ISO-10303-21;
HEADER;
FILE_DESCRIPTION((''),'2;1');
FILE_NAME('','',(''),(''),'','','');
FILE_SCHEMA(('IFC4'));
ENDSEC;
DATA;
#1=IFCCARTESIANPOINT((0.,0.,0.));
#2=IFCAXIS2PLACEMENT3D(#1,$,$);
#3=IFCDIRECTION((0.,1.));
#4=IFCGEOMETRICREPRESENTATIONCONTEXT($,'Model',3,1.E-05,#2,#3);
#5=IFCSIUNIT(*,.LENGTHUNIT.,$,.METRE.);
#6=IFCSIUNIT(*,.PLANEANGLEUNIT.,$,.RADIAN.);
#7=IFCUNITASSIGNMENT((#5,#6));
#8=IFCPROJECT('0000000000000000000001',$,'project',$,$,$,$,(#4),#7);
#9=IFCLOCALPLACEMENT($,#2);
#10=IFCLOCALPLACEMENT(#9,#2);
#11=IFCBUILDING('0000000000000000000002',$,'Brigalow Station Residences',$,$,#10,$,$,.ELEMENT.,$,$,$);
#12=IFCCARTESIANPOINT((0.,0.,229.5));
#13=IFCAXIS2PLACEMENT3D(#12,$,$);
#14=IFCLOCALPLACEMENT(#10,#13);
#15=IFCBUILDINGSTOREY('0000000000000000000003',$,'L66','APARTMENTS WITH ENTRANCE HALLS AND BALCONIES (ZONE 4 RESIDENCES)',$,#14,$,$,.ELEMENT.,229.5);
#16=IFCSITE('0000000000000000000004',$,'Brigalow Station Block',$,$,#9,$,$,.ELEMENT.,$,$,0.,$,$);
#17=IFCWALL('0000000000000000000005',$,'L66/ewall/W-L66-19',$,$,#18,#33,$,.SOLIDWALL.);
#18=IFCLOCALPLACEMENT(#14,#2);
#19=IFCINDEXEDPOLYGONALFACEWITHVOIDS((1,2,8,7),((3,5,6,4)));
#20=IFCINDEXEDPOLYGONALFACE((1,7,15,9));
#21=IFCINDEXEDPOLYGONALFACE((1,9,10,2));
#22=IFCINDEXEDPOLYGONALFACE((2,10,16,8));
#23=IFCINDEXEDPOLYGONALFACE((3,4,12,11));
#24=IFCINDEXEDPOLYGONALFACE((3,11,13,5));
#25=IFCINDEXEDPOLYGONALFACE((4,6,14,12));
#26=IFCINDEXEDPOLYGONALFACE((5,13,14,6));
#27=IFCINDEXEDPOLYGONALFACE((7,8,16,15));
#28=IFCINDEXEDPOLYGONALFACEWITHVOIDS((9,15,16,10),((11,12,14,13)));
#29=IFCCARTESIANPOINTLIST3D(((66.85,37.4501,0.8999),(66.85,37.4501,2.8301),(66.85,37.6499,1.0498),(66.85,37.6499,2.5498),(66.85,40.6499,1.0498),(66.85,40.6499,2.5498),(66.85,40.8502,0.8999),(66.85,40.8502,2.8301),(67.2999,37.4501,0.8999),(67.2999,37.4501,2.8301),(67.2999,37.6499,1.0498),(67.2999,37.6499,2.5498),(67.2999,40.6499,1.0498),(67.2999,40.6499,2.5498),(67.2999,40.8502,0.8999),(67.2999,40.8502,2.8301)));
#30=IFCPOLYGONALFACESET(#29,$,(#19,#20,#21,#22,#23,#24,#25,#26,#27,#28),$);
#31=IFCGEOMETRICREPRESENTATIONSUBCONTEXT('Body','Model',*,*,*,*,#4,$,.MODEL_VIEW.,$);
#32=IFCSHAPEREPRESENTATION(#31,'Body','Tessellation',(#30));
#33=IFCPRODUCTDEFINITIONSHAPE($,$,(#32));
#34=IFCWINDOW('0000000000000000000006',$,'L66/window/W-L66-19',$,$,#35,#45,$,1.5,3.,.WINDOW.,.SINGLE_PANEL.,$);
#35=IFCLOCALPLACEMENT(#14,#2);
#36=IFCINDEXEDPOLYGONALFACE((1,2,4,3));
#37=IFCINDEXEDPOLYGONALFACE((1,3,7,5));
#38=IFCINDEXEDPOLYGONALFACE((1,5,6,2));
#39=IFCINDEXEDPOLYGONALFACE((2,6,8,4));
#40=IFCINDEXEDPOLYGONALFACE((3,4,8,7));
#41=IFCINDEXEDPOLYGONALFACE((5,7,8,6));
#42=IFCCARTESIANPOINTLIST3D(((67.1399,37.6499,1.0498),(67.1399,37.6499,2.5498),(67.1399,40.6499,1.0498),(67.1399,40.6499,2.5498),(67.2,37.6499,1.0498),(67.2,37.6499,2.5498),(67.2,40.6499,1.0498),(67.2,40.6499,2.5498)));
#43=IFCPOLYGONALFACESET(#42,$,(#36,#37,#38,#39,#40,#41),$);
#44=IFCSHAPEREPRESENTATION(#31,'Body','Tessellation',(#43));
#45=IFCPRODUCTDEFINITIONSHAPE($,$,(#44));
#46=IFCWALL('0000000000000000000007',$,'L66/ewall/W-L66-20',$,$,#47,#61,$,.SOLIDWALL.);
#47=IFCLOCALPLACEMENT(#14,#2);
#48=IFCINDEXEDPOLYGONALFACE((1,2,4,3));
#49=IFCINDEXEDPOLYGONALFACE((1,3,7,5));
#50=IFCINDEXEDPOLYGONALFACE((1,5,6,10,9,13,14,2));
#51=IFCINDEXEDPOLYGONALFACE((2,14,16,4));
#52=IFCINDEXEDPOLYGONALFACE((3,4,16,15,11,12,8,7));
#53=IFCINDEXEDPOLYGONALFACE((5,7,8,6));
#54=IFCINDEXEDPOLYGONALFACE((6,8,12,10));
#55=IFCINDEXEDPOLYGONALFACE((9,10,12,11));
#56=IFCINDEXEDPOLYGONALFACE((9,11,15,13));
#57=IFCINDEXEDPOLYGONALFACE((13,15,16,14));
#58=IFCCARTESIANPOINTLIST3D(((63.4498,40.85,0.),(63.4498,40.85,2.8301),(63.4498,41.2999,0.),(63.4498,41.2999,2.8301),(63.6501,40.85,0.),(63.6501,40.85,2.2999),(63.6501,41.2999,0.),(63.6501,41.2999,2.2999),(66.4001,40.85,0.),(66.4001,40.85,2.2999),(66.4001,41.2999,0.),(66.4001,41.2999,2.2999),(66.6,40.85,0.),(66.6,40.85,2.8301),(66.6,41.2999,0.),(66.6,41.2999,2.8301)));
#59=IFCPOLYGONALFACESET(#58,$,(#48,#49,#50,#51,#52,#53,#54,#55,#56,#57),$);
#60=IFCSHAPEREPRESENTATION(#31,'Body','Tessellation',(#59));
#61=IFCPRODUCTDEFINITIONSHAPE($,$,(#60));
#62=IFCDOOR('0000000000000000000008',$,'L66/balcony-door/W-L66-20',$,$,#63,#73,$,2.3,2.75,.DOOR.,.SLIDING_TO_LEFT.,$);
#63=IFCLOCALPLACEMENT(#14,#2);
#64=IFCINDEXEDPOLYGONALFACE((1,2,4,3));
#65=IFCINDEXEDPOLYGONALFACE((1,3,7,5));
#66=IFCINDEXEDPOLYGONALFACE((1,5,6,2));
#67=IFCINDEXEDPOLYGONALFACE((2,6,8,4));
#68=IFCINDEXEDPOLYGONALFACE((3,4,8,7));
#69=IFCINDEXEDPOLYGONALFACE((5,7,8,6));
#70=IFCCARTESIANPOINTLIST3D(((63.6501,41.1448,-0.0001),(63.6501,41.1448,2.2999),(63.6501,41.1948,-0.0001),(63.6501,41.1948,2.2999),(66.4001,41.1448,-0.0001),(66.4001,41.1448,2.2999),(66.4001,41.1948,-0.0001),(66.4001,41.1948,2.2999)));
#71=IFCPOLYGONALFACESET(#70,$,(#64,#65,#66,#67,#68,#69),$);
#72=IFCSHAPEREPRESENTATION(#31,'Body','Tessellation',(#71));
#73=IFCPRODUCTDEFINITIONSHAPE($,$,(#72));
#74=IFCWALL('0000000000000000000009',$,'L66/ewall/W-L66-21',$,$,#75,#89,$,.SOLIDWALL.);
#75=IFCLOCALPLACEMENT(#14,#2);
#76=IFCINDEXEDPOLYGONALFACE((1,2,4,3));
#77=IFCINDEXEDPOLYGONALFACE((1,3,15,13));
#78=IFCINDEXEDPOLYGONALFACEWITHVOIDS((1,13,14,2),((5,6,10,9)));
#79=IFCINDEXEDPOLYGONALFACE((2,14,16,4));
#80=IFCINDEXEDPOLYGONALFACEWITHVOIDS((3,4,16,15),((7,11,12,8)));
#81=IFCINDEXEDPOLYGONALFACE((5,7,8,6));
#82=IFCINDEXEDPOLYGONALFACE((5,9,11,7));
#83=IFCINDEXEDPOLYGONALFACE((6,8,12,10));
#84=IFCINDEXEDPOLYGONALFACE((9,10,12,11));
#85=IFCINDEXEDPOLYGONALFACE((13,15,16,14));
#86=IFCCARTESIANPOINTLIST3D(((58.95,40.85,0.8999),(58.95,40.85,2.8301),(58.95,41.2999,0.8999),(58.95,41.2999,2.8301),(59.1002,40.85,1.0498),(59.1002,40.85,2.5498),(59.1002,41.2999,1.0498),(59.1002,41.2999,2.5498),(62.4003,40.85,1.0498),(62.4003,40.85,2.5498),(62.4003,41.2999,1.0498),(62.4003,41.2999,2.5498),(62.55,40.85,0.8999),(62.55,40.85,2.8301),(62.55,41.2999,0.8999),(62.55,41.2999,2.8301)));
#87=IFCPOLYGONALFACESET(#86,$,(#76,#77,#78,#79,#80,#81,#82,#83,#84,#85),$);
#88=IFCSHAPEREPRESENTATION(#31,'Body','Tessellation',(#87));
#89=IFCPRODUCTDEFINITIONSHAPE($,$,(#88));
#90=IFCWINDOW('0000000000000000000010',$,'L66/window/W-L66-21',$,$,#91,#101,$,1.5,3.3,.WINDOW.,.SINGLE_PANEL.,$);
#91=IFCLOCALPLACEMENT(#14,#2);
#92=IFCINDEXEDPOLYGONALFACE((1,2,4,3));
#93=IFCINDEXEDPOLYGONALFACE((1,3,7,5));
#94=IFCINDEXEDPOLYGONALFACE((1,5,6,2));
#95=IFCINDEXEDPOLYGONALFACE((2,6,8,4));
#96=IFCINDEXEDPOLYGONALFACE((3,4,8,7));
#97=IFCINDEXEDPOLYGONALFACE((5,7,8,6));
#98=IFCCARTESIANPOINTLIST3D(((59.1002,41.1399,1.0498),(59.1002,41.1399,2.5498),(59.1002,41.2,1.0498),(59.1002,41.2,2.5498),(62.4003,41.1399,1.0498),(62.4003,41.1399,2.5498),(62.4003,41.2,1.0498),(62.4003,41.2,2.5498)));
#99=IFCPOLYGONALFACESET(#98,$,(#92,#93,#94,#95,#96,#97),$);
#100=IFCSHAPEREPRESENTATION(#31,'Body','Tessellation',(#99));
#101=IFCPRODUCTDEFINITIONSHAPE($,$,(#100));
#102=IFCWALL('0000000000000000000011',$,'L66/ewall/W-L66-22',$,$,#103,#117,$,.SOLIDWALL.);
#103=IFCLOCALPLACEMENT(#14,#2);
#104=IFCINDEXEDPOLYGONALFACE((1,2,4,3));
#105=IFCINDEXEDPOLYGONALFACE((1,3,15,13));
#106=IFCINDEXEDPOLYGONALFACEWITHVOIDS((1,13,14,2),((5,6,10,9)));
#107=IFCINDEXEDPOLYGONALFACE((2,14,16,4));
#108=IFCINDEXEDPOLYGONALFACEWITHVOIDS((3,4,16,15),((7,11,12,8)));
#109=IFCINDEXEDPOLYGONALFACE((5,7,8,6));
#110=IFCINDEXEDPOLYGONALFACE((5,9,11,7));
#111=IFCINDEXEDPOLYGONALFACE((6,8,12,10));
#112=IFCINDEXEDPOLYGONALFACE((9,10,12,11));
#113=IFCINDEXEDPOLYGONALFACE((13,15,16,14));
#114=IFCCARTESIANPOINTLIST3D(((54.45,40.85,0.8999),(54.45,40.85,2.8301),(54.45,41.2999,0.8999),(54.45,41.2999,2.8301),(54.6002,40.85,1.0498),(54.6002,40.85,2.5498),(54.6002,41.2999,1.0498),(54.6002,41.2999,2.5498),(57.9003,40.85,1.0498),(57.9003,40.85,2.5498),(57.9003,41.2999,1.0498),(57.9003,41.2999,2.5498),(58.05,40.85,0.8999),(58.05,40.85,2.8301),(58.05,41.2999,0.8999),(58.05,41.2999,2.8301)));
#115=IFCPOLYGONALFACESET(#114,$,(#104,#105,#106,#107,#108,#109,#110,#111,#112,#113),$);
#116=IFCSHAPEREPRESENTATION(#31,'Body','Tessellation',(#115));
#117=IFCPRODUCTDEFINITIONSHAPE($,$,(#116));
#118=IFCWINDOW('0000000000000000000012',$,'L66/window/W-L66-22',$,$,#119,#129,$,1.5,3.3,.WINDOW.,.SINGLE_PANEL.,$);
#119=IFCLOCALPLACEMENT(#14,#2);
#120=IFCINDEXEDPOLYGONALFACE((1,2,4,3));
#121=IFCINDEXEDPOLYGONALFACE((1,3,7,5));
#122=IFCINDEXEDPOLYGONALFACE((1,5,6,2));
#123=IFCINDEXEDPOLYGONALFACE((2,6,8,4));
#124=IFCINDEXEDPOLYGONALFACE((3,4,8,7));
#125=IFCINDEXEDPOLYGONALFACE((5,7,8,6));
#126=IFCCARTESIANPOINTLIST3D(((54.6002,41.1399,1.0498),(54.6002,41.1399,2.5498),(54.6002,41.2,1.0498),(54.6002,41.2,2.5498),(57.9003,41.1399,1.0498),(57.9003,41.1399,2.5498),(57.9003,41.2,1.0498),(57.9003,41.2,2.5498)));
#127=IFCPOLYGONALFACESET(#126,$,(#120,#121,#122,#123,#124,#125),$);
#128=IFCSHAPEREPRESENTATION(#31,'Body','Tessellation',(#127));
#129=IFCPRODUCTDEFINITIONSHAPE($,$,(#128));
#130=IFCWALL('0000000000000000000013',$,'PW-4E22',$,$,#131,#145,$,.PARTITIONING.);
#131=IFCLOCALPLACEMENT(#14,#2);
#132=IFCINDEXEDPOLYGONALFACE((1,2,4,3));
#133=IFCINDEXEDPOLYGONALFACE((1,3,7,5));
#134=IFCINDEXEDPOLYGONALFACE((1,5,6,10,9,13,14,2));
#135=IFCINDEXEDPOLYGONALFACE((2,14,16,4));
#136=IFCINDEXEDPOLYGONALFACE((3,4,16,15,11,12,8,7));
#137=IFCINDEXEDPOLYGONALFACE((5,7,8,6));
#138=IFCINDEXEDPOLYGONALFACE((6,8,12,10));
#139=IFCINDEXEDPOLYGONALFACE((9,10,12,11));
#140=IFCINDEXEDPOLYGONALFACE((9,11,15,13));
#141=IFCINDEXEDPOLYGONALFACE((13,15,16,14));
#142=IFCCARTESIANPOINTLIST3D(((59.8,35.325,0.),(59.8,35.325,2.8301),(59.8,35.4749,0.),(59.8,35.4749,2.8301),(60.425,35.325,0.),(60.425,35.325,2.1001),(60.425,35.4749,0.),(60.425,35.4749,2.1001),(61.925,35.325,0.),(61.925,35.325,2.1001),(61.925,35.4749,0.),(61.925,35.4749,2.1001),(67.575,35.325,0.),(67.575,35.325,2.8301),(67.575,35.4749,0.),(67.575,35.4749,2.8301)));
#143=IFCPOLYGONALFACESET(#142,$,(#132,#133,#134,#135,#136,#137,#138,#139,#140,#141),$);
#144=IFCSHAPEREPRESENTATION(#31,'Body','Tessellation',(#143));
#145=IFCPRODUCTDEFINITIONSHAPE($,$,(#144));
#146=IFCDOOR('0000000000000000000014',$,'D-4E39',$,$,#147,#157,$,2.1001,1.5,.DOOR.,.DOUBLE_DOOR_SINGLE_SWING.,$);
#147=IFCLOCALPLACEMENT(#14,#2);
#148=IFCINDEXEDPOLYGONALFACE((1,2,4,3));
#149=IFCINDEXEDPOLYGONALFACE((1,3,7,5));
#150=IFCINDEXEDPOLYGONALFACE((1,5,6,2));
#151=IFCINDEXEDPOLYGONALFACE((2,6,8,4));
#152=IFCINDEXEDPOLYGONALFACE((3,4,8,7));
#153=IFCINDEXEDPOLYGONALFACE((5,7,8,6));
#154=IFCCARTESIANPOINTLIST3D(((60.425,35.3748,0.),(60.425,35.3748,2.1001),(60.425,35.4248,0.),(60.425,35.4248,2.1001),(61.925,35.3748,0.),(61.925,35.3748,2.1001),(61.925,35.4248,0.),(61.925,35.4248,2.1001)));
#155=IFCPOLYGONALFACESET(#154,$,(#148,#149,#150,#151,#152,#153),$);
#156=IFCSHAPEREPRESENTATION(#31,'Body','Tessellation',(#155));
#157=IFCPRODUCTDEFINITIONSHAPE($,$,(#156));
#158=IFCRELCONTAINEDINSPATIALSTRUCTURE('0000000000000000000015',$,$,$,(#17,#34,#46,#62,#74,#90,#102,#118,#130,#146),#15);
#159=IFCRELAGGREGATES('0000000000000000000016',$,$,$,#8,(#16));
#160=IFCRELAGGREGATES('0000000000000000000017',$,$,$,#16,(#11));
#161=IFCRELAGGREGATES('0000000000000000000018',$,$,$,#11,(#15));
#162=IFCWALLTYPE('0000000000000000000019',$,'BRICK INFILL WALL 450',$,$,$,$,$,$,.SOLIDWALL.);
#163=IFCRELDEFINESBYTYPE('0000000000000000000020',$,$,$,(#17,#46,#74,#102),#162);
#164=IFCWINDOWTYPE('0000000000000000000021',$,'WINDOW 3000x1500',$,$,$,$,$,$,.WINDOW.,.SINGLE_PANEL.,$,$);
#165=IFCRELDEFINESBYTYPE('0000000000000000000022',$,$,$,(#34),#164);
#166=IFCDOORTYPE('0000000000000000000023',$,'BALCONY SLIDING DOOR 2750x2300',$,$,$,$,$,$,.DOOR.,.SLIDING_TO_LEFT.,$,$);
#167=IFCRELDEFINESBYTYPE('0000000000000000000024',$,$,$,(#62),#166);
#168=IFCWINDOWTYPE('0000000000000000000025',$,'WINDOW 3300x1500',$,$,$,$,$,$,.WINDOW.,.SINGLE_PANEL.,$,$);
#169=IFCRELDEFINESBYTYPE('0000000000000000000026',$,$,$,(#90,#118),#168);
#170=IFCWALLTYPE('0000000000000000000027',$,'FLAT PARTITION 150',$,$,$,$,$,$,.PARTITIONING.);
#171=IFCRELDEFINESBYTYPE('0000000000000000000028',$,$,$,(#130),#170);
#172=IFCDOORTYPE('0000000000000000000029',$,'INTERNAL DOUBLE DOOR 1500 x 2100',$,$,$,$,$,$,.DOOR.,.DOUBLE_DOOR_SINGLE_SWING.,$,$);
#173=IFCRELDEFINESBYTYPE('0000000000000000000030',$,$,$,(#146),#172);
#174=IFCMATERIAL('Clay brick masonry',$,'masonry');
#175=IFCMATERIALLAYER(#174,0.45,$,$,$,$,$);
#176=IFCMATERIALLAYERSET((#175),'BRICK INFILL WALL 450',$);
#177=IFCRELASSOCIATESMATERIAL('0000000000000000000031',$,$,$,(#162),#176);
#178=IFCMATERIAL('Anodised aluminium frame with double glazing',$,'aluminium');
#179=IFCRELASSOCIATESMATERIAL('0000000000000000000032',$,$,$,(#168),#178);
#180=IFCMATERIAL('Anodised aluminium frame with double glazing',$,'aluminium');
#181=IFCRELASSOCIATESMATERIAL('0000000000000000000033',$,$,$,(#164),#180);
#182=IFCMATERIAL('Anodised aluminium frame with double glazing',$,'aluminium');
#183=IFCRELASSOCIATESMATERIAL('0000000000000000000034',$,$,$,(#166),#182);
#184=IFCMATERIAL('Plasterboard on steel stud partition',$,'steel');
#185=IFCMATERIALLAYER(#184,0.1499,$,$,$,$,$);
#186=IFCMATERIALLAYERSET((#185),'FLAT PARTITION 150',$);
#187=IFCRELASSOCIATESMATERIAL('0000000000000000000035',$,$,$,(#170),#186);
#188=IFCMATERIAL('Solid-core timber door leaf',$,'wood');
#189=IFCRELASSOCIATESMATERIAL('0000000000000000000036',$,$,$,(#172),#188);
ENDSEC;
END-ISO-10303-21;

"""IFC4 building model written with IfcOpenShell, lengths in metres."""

from ifc_helpers import new_model, si_unit, direction, frame, frame_2d, origin, place, context, subcontext, project, spatial, rectangle, extrude, material, layer, layer_set, type_object, element, fill, save


model = new_model("IFC4")

# Units and contexts
model_context = context("Model", 3, precision=1e-05, world=origin(), true_north=direction((0.0, 1.0)))
body_context = subcontext(model_context, "Body", "Model", "MODEL_VIEW")
ifc_project = project(units=[si_unit("LENGTHUNIT", "METRE"), si_unit("PLANEANGLEUNIT", "RADIAN")], contexts=[model_context])

# Site, building, storey
site_placement = place(None, origin())
site = spatial("IfcSite", under=ifc_project, at=site_placement, Name="Brigalow Station Block", CompositionType="ELEMENT", RefElevation=0.0)
building_placement = place(site_placement, origin())
building = spatial("IfcBuilding", under=site, at=building_placement, Name="Brigalow Station Residences", CompositionType="ELEMENT")
storey_placement = place(building_placement, frame((0.0, 0.0, 229.5)))
storey = spatial("IfcBuildingStorey", under=building, at=storey_placement, Name="L66", Description="APARTMENTS WITH ENTRANCE HALLS AND BALCONIES (ZONE 4 RESIDENCES)", CompositionType="ELEMENT", Elevation=229.5)

# Wall, opening, window
ifc_material_1 = material(Name="Clay brick masonry", Category="masonry")
ifc_layer_1 = layer(ifc_material_1, 0.45)
ifc_layer_set_1 = layer_set([ifc_layer_1], Name="BRICK INFILL WALL 450")
wall_type_1 = type_object("IfcWallType", Name="BRICK INFILL WALL 450", PredefinedType="SOLIDWALL", material=ifc_layer_set_1)
ifc_material_2 = material(Name="Anodised aluminium frame with double glazing", Category="aluminium")
window_type_1 = type_object("IfcWindowType", Name="WINDOW 3300x1500", PartitioningType="SINGLE_PANEL", PredefinedType="WINDOW", material=ifc_material_2)
wall_1_placement = place(storey_placement, frame((67.075, 37.45, 0.8999), z_axis=(0.0, 0.0, 1.0), x_axis=(0.0, 1.0, 0.0)))
wall_1 = element("IfcWall", 1, at=wall_1_placement, inside=storey, type_object=wall_type_1, Name="L66/ewall/W-L66-19", PredefinedType="SOLIDWALL", context=body_context, shape_type="SweptSolid", body=[
    extrude(rectangle(XDim=3.4001, YDim=0.45, at=frame_2d((1.7002, 0.0))), origin(), (0.0, 0.0, 1.0), 1.9302),
])
opening_1_placement = place(wall_1_placement, frame((0.2, 0.0, 0.1499)))
opening_1 = element("IfcOpeningElement", 2, at=opening_1_placement, cuts=wall_1, PredefinedType="OPENING", context=body_context, shape_type="SweptSolid", body=[
    extrude(rectangle(XDim=3.0, YDim=1.5, at=frame_2d((1.5, 0.75))), frame((0.0, 0.2349, 0.0), z_axis=(0.0, -1.0, 0.0), x_axis=(1.0, 0.0, 0.0)), (0.0, 0.0, 1.0), 0.47),
])
ifc_material_3 = material(Name="Anodised aluminium frame with double glazing", Category="aluminium")
window_type_2 = type_object("IfcWindowType", Name="WINDOW 3000x1500", PartitioningType="SINGLE_PANEL", PredefinedType="WINDOW", material=ifc_material_3)
window_1_placement = place(opening_1_placement, origin())
window_1 = element("IfcWindow", 3, at=window_1_placement, inside=storey, type_object=window_type_2, Name="L66/window/W-L66-19", OverallHeight=1.5, OverallWidth=3.0, PartitioningType="SINGLE_PANEL", PredefinedType="WINDOW", context=body_context, shape_type="SweptSolid", body=[
    extrude(rectangle(XDim=3.0, YDim=1.5, at=frame_2d((1.5, 0.75))), frame((0.0, -0.0649, 0.0), z_axis=(0.0, -1.0, 0.0), x_axis=(1.0, 0.0, 0.0)), (0.0, 0.0, 1.0), 0.0601),
])
fill(opening_1, window_1)

# Wall, opening, door
wall_2_placement = place(storey_placement, frame((66.6001, 41.075, 0.0), z_axis=(0.0, 0.0, 1.0), x_axis=(-1.0, 0.0, 0.0)))
wall_2 = element("IfcWall", 4, at=wall_2_placement, inside=storey, type_object=wall_type_1, Name="L66/ewall/W-L66-20", PredefinedType="SOLIDWALL", context=body_context, shape_type="SweptSolid", body=[
    extrude(rectangle(XDim=3.1501, YDim=0.45, at=frame_2d((1.5752, 0.0))), origin(), (0.0, 0.0, 1.0), 2.8301),
])
opening_2_placement = place(wall_2_placement, frame((0.2, 0.0, 0.0)))
opening_2 = element("IfcOpeningElement", 5, at=opening_2_placement, cuts=wall_2, PredefinedType="OPENING", context=body_context, shape_type="SweptSolid", body=[
    extrude(rectangle(XDim=2.75, YDim=2.3, at=frame_2d((1.375, 1.1499))), frame((0.0, 0.2349, 0.0), z_axis=(0.0, -1.0, 0.0), x_axis=(1.0, 0.0, 0.0)), (0.0, 0.0, 1.0), 0.47),
])
ifc_material_4 = material(Name="Anodised aluminium frame with double glazing", Category="aluminium")
door_type_1 = type_object("IfcDoorType", Name="BALCONY SLIDING DOOR 2750x2300", OperationType="SLIDING_TO_LEFT", PredefinedType="DOOR", material=ifc_material_4)
door_1_placement = place(opening_2_placement, origin())
door_1 = element("IfcDoor", 6, at=door_1_placement, inside=storey, type_object=door_type_1, Name="L66/balcony-door/W-L66-20", OperationType="SLIDING_TO_LEFT", OverallHeight=2.3, OverallWidth=2.75, PredefinedType="DOOR", context=body_context, shape_type="SweptSolid", body=[
    extrude(rectangle(XDim=2.75, YDim=2.3, at=frame_2d((1.375, 1.1499))), frame((0.0, -0.0698, 0.0), z_axis=(0.0, -1.0, 0.0), x_axis=(1.0, 0.0, 0.0)), (0.0, 0.0, 1.0), 0.05),
])
fill(opening_2, door_1)

# Walls, openings, windows
wall_3_placement = place(storey_placement, frame((62.55, 41.075, 0.8999), z_axis=(0.0, 0.0, 1.0), x_axis=(-1.0, 0.0, 0.0)))
wall_3 = element("IfcWall", 7, at=wall_3_placement, inside=storey, type_object=wall_type_1, Name="L66/ewall/W-L66-21", PredefinedType="SOLIDWALL", context=body_context, shape_type="SweptSolid", body=[
    extrude(rectangle(XDim=3.6001, YDim=0.45, at=frame_2d((1.8, 0.0))), origin(), (0.0, 0.0, 1.0), 1.9302),
])
opening_3_placement = place(wall_3_placement, frame((0.1499, 0.0, 0.1499)))
opening_3 = element("IfcOpeningElement", 8, at=opening_3_placement, cuts=wall_3, PredefinedType="OPENING", context=body_context, shape_type="SweptSolid", body=[
    extrude(rectangle(XDim=3.3, YDim=1.5, at=frame_2d((1.6499, 0.75))), frame((0.0, 0.2349, 0.0), z_axis=(0.0, -1.0, 0.0), x_axis=(1.0, 0.0, 0.0)), (0.0, 0.0, 1.0), 0.47),
])
window_2_placement = place(opening_3_placement, origin())
window_2 = element("IfcWindow", 9, at=window_2_placement, inside=storey, type_object=window_type_1, Name="L66/window/W-L66-21", OverallHeight=1.5, OverallWidth=3.3, PartitioningType="SINGLE_PANEL", PredefinedType="WINDOW", context=body_context, shape_type="SweptSolid", body=[
    extrude(rectangle(XDim=3.3, YDim=1.5, at=frame_2d((1.6499, 0.75))), frame((0.0, -0.0649, 0.0), z_axis=(0.0, -1.0, 0.0), x_axis=(1.0, 0.0, 0.0)), (0.0, 0.0, 1.0), 0.0601),
])
fill(opening_3, window_2)
wall_4_placement = place(storey_placement, frame((58.05, 41.075, 0.8999), z_axis=(0.0, 0.0, 1.0), x_axis=(-1.0, 0.0, 0.0)))
wall_4 = element("IfcWall", 10, at=wall_4_placement, inside=storey, type_object=wall_type_1, Name="L66/ewall/W-L66-22", PredefinedType="SOLIDWALL", context=body_context, shape_type="SweptSolid", body=[
    extrude(rectangle(XDim=3.6001, YDim=0.45, at=frame_2d((1.8, 0.0))), origin(), (0.0, 0.0, 1.0), 1.9302),
])
opening_4_placement = place(wall_4_placement, frame((0.1499, 0.0, 0.1499)))
opening_4 = element("IfcOpeningElement", 11, at=opening_4_placement, cuts=wall_4, PredefinedType="OPENING", context=body_context, shape_type="SweptSolid", body=[
    extrude(rectangle(XDim=3.3, YDim=1.5, at=frame_2d((1.6499, 0.75))), frame((0.0, 0.2349, 0.0), z_axis=(0.0, -1.0, 0.0), x_axis=(1.0, 0.0, 0.0)), (0.0, 0.0, 1.0), 0.47),
])
window_3_placement = place(opening_4_placement, origin())
window_3 = element("IfcWindow", 12, at=window_3_placement, inside=storey, type_object=window_type_1, Name="L66/window/W-L66-22", OverallHeight=1.5, OverallWidth=3.3, PartitioningType="SINGLE_PANEL", PredefinedType="WINDOW", context=body_context, shape_type="SweptSolid", body=[
    extrude(rectangle(XDim=3.3, YDim=1.5, at=frame_2d((1.6499, 0.75))), frame((0.0, -0.0649, 0.0), z_axis=(0.0, -1.0, 0.0), x_axis=(1.0, 0.0, 0.0)), (0.0, 0.0, 1.0), 0.0601),
])
fill(opening_4, window_3)

# Wall, opening, door
ifc_material_5 = material(Name="Plasterboard on steel stud partition", Category="steel")
ifc_layer_2 = layer(ifc_material_5, 0.1499)
ifc_layer_set_2 = layer_set([ifc_layer_2], Name="FLAT PARTITION 150")
wall_type_2 = type_object("IfcWallType", Name="FLAT PARTITION 150", PredefinedType="PARTITIONING", material=ifc_layer_set_2)
wall_5_placement = place(storey_placement, frame((59.8, 35.3999, 0.0), z_axis=(0.0, 0.0, 1.0), x_axis=(1.0, 0.0, 0.0)))
wall_5 = element("IfcWall", 13, at=wall_5_placement, inside=storey, type_object=wall_type_2, Name="PW-4E22", PredefinedType="PARTITIONING", context=body_context, shape_type="SweptSolid", body=[
    extrude(rectangle(XDim=7.7749, YDim=0.1499, at=frame_2d((3.8875, 0.0))), origin(), (0.0, 0.0, 1.0), 2.8301),
])
opening_5_placement = place(wall_5_placement, frame((0.625, 0.0, 0.0)))
opening_5 = element("IfcOpeningElement", 14, at=opening_5_placement, cuts=wall_5, PredefinedType="OPENING", context=body_context, shape_type="SweptSolid", body=[
    extrude(rectangle(XDim=1.5, YDim=2.1001, at=frame_2d((0.75, 1.05))), frame((0.0, 0.085, 0.0), z_axis=(0.0, -1.0, 0.0), x_axis=(1.0, 0.0, 0.0)), (0.0, 0.0, 1.0), 0.1699),
])
ifc_material_6 = material(Name="Solid-core timber door leaf", Category="wood")
door_type_2 = type_object("IfcDoorType", Name="INTERNAL DOUBLE DOOR 1500 x 2100", OperationType="DOUBLE_DOOR_SINGLE_SWING", PredefinedType="DOOR", material=ifc_material_6)
door_2_placement = place(opening_5_placement, origin())
door_2 = element("IfcDoor", 15, at=door_2_placement, inside=storey, type_object=door_type_2, Name="D-4E39", OperationType="DOUBLE_DOOR_SINGLE_SWING", OverallHeight=2.1001, OverallWidth=1.5, PredefinedType="DOOR", context=body_context, shape_type="SweptSolid", body=[
    extrude(rectangle(XDim=1.5, YDim=2.1001, at=frame_2d((0.75, 1.05))), frame((0.0, 0.0249, 0.0), z_axis=(0.0, -1.0, 0.0), x_axis=(1.0, 0.0, 0.0)), (0.0, 0.0, 1.0), 0.05),
])
fill(opening_5, door_2)

save(model, "model.ifc")
